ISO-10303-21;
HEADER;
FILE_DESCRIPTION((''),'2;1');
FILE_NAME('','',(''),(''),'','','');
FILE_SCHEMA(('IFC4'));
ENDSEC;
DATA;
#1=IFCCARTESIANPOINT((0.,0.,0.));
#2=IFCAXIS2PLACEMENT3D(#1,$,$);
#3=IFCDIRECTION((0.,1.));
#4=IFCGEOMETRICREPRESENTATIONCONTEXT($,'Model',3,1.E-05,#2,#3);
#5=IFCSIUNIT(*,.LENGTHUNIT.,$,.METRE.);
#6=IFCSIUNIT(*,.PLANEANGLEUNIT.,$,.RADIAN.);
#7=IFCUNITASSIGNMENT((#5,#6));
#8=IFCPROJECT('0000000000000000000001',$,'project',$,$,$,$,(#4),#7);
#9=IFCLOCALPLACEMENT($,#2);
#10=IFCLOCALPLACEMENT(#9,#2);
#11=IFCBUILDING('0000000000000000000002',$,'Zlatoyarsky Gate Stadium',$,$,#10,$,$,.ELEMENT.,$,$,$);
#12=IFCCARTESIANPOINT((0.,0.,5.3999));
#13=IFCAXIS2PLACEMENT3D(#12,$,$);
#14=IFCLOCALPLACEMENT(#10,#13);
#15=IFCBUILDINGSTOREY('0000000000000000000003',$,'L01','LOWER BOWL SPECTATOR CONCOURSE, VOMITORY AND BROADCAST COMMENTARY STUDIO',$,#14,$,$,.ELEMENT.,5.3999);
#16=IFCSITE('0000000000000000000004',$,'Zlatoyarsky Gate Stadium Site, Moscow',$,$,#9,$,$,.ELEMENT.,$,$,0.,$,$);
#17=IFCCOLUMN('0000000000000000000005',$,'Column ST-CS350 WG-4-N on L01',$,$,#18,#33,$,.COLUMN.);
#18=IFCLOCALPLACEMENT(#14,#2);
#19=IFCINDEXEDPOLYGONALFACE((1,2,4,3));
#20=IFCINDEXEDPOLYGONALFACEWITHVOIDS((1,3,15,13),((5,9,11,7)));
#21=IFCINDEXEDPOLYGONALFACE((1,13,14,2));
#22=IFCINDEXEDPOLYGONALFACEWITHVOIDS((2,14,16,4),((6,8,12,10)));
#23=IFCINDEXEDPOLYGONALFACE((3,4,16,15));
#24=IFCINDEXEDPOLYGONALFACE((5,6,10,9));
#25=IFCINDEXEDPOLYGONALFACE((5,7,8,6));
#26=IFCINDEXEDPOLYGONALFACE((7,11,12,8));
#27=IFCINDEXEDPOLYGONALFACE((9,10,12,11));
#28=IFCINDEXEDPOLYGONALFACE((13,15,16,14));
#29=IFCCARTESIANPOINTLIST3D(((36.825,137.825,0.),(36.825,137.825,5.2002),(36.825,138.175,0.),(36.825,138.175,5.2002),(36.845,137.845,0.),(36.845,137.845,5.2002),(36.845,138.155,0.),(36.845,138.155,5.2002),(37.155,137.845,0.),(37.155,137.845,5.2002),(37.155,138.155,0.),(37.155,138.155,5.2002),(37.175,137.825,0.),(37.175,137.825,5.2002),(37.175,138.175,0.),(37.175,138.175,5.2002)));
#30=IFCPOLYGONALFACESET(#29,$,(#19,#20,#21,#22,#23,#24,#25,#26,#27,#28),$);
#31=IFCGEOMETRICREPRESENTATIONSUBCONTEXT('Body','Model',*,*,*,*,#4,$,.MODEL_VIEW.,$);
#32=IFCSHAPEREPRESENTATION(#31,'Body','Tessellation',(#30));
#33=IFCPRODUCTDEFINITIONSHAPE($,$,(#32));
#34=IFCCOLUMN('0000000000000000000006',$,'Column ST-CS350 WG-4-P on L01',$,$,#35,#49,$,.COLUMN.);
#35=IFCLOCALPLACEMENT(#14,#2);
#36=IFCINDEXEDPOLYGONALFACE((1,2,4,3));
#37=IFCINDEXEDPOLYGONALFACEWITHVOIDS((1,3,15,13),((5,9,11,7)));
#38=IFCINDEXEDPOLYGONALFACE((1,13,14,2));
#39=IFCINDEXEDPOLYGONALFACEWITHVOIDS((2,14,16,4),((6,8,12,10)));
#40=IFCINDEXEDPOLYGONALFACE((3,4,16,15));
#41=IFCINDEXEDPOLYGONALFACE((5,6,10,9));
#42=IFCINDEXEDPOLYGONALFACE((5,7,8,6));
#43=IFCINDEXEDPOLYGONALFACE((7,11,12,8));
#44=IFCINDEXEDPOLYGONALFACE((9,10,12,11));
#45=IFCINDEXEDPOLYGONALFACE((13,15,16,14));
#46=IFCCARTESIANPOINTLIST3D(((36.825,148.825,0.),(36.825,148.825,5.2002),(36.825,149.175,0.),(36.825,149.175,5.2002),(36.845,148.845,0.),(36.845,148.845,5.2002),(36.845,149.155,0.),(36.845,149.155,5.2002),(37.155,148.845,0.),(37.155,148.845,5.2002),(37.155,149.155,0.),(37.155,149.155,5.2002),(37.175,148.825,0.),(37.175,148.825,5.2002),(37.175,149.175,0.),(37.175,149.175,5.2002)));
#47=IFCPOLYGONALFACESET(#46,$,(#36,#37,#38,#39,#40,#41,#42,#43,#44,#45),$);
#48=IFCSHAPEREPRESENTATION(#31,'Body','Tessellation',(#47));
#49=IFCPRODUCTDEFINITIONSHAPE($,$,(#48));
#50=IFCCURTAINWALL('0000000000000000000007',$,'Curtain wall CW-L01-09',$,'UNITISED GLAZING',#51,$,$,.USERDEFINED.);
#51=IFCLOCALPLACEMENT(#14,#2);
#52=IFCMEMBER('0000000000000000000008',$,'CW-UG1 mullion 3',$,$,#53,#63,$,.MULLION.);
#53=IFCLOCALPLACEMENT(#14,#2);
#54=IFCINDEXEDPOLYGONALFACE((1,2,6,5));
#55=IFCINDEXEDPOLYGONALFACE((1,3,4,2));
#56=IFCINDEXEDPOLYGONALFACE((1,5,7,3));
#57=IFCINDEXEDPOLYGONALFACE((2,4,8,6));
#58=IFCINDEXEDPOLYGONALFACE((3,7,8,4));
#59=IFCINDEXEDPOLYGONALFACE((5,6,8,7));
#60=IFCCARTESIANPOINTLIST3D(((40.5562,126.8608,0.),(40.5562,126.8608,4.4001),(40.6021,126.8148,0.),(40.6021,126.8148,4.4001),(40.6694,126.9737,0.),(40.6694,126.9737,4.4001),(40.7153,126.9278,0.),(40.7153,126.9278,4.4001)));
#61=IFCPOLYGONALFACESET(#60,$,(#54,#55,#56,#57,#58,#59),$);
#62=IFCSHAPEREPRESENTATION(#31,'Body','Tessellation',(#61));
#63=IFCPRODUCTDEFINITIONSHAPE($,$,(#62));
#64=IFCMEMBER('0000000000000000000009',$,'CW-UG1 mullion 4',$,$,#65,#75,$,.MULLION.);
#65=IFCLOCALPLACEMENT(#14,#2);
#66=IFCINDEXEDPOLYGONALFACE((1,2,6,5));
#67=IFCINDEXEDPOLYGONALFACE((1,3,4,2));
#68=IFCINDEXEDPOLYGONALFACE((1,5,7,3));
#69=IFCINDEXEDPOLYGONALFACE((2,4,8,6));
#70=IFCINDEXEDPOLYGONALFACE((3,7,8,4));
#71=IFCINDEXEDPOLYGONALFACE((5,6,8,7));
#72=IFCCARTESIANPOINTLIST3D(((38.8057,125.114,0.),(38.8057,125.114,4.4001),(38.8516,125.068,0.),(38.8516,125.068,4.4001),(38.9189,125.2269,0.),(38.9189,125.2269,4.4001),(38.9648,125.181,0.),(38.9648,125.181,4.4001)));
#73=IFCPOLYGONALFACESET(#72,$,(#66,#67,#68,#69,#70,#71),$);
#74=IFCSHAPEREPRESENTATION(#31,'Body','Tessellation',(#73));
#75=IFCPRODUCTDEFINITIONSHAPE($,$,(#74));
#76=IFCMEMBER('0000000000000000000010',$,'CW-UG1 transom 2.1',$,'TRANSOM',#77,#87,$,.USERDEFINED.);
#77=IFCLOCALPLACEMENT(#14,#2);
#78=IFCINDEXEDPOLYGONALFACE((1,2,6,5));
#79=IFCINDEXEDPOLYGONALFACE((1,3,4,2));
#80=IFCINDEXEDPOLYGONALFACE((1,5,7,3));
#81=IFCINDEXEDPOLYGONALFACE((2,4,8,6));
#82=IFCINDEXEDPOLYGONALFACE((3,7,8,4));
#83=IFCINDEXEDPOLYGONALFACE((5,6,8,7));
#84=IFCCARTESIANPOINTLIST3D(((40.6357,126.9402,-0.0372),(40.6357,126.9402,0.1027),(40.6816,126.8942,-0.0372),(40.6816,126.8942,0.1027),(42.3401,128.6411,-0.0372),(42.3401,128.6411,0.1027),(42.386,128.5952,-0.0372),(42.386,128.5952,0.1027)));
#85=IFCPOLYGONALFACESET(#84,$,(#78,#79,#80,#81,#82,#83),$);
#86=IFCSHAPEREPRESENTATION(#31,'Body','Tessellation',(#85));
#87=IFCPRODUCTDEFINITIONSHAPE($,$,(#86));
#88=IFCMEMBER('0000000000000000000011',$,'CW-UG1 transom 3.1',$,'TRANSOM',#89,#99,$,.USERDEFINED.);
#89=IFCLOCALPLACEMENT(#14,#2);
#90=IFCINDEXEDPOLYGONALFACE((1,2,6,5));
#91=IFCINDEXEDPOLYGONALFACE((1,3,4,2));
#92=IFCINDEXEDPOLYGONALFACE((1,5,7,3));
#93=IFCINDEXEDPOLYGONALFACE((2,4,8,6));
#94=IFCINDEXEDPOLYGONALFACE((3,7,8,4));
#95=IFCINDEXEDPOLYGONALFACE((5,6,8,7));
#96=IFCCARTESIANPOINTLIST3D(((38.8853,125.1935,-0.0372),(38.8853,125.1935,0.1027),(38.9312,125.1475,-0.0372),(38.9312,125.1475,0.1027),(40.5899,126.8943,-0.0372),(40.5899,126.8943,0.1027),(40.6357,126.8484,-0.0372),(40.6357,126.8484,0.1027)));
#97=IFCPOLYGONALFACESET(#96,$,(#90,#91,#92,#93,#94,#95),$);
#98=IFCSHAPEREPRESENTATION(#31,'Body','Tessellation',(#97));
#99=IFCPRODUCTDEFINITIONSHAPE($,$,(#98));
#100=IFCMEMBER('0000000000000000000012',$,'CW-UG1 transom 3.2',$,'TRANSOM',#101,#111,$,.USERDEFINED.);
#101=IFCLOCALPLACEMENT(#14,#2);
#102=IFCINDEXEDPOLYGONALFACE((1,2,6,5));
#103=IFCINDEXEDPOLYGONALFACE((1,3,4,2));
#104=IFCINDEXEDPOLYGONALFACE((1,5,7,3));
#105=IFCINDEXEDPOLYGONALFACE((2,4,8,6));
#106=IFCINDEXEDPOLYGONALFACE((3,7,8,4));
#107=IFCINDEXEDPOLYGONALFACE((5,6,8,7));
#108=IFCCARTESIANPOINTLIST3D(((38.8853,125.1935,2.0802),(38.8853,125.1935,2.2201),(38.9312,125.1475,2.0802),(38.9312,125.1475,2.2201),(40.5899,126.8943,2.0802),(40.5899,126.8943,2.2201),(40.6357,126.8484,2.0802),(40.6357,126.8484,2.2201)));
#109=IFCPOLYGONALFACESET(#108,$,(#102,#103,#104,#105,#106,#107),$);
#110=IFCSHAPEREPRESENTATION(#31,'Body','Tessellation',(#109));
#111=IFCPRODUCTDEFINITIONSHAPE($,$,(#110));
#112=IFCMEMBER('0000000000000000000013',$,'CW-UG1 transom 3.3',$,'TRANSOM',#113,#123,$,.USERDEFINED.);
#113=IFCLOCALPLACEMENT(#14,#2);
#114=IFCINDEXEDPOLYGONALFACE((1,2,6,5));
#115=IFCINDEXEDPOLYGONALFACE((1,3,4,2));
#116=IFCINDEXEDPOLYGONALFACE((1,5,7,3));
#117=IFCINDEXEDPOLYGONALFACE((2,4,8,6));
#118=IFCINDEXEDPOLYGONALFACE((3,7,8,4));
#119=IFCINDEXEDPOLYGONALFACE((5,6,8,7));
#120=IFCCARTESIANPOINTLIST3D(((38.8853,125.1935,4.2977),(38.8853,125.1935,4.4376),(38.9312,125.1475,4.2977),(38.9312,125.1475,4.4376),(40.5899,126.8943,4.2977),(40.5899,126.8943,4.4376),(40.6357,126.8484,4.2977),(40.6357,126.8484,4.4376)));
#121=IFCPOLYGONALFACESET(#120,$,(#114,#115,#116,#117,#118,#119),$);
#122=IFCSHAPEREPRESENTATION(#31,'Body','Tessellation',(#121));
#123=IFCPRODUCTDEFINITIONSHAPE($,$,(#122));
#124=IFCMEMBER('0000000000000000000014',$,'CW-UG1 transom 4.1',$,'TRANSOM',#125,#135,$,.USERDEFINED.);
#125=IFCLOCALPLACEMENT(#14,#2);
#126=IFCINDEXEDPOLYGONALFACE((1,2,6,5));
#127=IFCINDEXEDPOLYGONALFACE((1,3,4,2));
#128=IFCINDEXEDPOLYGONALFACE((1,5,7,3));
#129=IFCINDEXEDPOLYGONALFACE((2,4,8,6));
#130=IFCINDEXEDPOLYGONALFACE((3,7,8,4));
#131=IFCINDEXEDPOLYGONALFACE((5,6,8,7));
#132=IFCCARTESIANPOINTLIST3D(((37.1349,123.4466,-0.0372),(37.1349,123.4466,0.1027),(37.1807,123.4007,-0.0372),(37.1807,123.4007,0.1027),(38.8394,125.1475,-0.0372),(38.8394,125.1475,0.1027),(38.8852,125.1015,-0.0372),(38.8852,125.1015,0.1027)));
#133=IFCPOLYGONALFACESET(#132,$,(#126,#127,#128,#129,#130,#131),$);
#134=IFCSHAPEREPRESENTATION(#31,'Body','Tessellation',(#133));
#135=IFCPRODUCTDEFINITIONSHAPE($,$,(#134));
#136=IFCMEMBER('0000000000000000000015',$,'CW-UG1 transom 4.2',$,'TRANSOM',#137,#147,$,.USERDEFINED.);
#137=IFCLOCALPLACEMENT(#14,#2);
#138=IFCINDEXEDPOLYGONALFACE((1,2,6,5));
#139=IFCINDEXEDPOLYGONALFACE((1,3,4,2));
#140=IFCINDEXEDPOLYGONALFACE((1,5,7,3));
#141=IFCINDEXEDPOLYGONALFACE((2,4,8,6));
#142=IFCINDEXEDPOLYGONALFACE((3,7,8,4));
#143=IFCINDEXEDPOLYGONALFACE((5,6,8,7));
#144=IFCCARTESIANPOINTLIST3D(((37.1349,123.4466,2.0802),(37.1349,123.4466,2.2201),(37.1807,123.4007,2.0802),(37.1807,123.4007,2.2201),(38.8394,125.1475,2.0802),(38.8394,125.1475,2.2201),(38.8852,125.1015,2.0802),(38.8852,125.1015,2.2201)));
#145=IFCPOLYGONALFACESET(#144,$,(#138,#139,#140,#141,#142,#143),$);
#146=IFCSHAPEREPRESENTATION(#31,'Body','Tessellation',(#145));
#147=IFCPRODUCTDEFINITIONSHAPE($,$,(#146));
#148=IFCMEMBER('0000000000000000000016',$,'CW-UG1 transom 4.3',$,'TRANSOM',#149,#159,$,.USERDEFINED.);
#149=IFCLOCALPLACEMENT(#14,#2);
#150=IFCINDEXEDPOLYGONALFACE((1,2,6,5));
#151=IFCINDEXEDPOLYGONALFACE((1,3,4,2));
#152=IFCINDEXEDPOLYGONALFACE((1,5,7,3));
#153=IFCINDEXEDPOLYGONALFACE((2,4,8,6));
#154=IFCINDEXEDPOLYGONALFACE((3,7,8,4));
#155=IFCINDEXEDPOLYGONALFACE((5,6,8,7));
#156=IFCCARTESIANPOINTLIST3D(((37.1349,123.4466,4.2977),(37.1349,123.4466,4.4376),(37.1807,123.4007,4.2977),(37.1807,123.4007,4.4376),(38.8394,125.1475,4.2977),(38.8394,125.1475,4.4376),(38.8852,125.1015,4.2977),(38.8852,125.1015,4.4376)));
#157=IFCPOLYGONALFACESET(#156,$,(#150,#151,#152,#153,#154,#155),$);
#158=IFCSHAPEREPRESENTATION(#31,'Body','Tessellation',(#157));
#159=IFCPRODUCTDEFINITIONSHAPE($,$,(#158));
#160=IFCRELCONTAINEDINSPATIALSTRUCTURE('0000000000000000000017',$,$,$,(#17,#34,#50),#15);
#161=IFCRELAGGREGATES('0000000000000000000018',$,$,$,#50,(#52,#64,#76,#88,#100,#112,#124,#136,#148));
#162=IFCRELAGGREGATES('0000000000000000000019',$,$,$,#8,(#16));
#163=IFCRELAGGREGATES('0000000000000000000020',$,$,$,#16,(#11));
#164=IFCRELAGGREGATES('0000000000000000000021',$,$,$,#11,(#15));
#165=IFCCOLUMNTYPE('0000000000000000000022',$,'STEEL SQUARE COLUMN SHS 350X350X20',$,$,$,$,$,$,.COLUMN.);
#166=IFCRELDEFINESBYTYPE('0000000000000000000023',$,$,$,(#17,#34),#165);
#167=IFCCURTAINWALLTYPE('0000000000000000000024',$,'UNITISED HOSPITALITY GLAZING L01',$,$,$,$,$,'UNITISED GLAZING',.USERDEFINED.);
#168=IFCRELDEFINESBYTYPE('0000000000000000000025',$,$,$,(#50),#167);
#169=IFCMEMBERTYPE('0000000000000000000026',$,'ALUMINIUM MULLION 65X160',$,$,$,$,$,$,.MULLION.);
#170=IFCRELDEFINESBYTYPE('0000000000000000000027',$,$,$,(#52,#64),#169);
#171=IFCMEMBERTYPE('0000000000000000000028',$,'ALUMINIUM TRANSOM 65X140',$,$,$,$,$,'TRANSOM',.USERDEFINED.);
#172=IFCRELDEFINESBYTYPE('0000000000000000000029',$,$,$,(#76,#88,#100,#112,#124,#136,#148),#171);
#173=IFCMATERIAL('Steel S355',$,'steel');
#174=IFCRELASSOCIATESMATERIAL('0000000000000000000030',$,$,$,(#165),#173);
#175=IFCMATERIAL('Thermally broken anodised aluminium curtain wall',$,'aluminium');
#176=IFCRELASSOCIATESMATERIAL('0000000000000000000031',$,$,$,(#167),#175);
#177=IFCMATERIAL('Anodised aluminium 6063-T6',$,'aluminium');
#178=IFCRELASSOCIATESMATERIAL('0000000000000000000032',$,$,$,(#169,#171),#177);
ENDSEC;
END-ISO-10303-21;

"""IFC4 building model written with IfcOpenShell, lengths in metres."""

from ifc_helpers import new_model, si_unit, direction, frame, origin, origin_2d, place, context, subcontext, project, spatial, rectangle, hollow_rectangle, extrude, material, material_profile, profile_set, type_object, element, aggregate, save


model = new_model("IFC4")

# Units and contexts
model_context = context("Model", 3, precision=1e-05, world=origin(), true_north=direction((0.0, 1.0)))
body_context = subcontext(model_context, "Body", "Model", "MODEL_VIEW")
ifc_project = project(units=[si_unit("LENGTHUNIT", "METRE"), si_unit("PLANEANGLEUNIT", "RADIAN")], contexts=[model_context])

# Site, building, storey
site_placement = place(None, origin())
site = spatial("IfcSite", under=ifc_project, at=site_placement, Name="Zlatoyarsky Gate Stadium Site, Moscow", CompositionType="ELEMENT", RefElevation=0.0)
building_placement = place(site_placement, origin())
building = spatial("IfcBuilding", under=site, at=building_placement, Name="Zlatoyarsky Gate Stadium", CompositionType="ELEMENT")
storey_placement = place(building_placement, frame((0.0, 0.0, 5.3999)))
storey = spatial("IfcBuildingStorey", under=building, at=storey_placement, Name="L01", Description="LOWER BOWL SPECTATOR CONCOURSE, VOMITORY AND BROADCAST COMMENTARY STUDIO", CompositionType="ELEMENT", Elevation=5.3999)

# Columns
ifc_material_1 = material(Name="Steel S355", Category="steel")
ifc_material_profile_1 = material_profile(ifc_material_1, hollow_rectangle(XDim=0.3501, YDim=0.3501, WallThickness=0.02, at=origin_2d()), Name="SHS 350X350X20")
ifc_profile_set_1 = profile_set([ifc_material_profile_1], Name="Steel S355")
column_type = type_object("IfcColumnType", Name="STEEL SQUARE COLUMN SHS 350X350X20", PredefinedType="COLUMN", material=ifc_profile_set_1)
for number, where, z_axis, x_axis, name in (
    (1, (37.0, 138.0, 0.0), (0.0, 0.0, 1.0), (1.0, 0.0, 0.0), "Column ST-CS350 WG-4-N on L01"),
    (2, (37.0, 149.0, 0.0), (0.0, 0.0, 1.0), (1.0, 0.0, 0.0), "Column ST-CS350 WG-4-P on L01"),
):
    element("IfcColumn", number, at=place(storey_placement, frame(where, z_axis=z_axis, x_axis=x_axis)), inside=storey, type_object=column_type, Name=name, PredefinedType="COLUMN", context=body_context, shape_type="SweptSolid", body=[
        extrude(hollow_rectangle(XDim=0.3501, YDim=0.3501, WallThickness=0.02, at=origin_2d()), origin(), (0.0, 0.0, 1.0), 5.2002),
    ])

# Curtain wall, members
ifc_material_2 = material(Name="Thermally broken anodised aluminium curtain wall", Category="aluminium")
curtain_wall_type = type_object("IfcCurtainWallType", Name="UNITISED HOSPITALITY GLAZING L01", ElementType="UNITISED GLAZING", PredefinedType="USERDEFINED", material=ifc_material_2)
curtain_wall_placement = place(storey_placement, origin())
curtain_wall = element("IfcCurtainWall", 3, at=curtain_wall_placement, inside=storey, type_object=curtain_wall_type, Name="Curtain wall CW-L01-09", ObjectType="UNITISED GLAZING", PredefinedType="USERDEFINED")
ifc_material_3 = material(Name="Anodised aluminium 6063-T6", Category="aluminium")
ifc_material_profile_2 = material_profile(ifc_material_3, rectangle(XDim=0.0649, YDim=0.1599, at=origin_2d()), Name="ALU 65X160")
ifc_profile_set_2 = profile_set([ifc_material_profile_2], Name="Anodised aluminium 6063-T6")
member_type_1 = type_object("IfcMemberType", Name="ALUMINIUM MULLION 65X160", PredefinedType="MULLION", material=ifc_profile_set_2)
member_1_placement = place(storey_placement, frame((40.6357, 126.8943, 0.0), z_axis=(0.0, 0.0, 1.0), x_axis=(0.706371, -0.707842, 0.0)))
member_1 = element("IfcMember", 4, at=member_1_placement, type_object=member_type_1, Name="CW-UG1 mullion 3", PredefinedType="MULLION", context=body_context, shape_type="SweptSolid", body=[
    extrude(rectangle(XDim=0.0649, YDim=0.1599, at=origin_2d()), origin(), (0.0, 0.0, 1.0), 4.4001),
])
member_2_placement = place(storey_placement, frame((38.8853, 125.1475, 0.0), z_axis=(0.0, 0.0, 1.0), x_axis=(0.706371, -0.707842, 0.0)))
member_2 = element("IfcMember", 5, at=member_2_placement, type_object=member_type_1, Name="CW-UG1 mullion 4", PredefinedType="MULLION", context=body_context, shape_type="SweptSolid", body=[
    extrude(rectangle(XDim=0.0649, YDim=0.1599, at=origin_2d()), origin(), (0.0, 0.0, 1.0), 4.4001),
])
ifc_material_profile_3 = material_profile(ifc_material_3, rectangle(XDim=0.0649, YDim=0.1399, at=origin_2d()), Name="ALU 65X140")
ifc_profile_set_3 = profile_set([ifc_material_profile_3], Name="Anodised aluminium 6063-T6")
member_type_2 = type_object("IfcMemberType", Name="ALUMINIUM TRANSOM 65X140", ElementType="TRANSOM", PredefinedType="USERDEFINED", material=ifc_profile_set_3)
member_3_placement = place(storey_placement, frame((42.363, 128.6182, 0.0327), z_axis=(-0.707816, -0.706397, 0.0), x_axis=(0.706397, -0.707816, 0.0)))
member_3 = element("IfcMember", 6, at=member_3_placement, type_object=member_type_2, Name="CW-UG1 transom 2.1", ObjectType="TRANSOM", PredefinedType="USERDEFINED", context=body_context, shape_type="SweptSolid", body=[
    extrude(rectangle(XDim=0.0649, YDim=0.1399, at=origin_2d()), origin(), (0.0, 0.0, 1.0), 2.408),
])
member_4_placement = place(storey_placement, frame((40.6128, 126.8713, 0.0327), z_axis=(-0.707867, -0.706346, 0.0), x_axis=(0.706346, -0.707867, 0.0)))
member_4 = element("IfcMember", 7, at=member_4_placement, type_object=member_type_2, Name="CW-UG1 transom 3.1", ObjectType="TRANSOM", PredefinedType="USERDEFINED", context=body_context, shape_type="SweptSolid", body=[
    extrude(rectangle(XDim=0.0649, YDim=0.1399, at=origin_2d()), origin(), (0.0, 0.0, 1.0), 2.408),
])
member_5_placement = place(storey_placement, frame((40.6128, 126.8713, 2.1501), z_axis=(-0.707867, -0.706346, 0.0), x_axis=(0.706346, -0.707867, 0.0)))
member_5 = element("IfcMember", 8, at=member_5_placement, type_object=member_type_2, Name="CW-UG1 transom 3.2", ObjectType="TRANSOM", PredefinedType="USERDEFINED", context=body_context, shape_type="SweptSolid", body=[
    extrude(rectangle(XDim=0.0649, YDim=0.1399, at=origin_2d()), origin(), (0.0, 0.0, 1.0), 2.408),
])
member_6_placement = place(storey_placement, frame((40.6128, 126.8713, 4.3677), z_axis=(-0.707867, -0.706346, 0.0), x_axis=(0.706346, -0.707867, 0.0)))
member_6 = element("IfcMember", 9, at=member_6_placement, type_object=member_type_2, Name="CW-UG1 transom 3.3", ObjectType="TRANSOM", PredefinedType="USERDEFINED", context=body_context, shape_type="SweptSolid", body=[
    extrude(rectangle(XDim=0.0649, YDim=0.1399, at=origin_2d()), origin(), (0.0, 0.0, 1.0), 2.408),
])
member_7_placement = place(storey_placement, frame((38.8623, 125.1245, 0.0327), z_axis=(-0.707867, -0.706346, 0.0), x_axis=(0.706346, -0.707867, 0.0)))
member_7 = element("IfcMember", 10, at=member_7_placement, type_object=member_type_2, Name="CW-UG1 transom 4.1", ObjectType="TRANSOM", PredefinedType="USERDEFINED", context=body_context, shape_type="SweptSolid", body=[
    extrude(rectangle(XDim=0.0649, YDim=0.1399, at=origin_2d()), origin(), (0.0, 0.0, 1.0), 2.408),
])
member_8_placement = place(storey_placement, frame((38.8623, 125.1245, 2.1501), z_axis=(-0.707867, -0.706346, 0.0), x_axis=(0.706346, -0.707867, 0.0)))
member_8 = element("IfcMember", 11, at=member_8_placement, type_object=member_type_2, Name="CW-UG1 transom 4.2", ObjectType="TRANSOM", PredefinedType="USERDEFINED", context=body_context, shape_type="SweptSolid", body=[
    extrude(rectangle(XDim=0.0649, YDim=0.1399, at=origin_2d()), origin(), (0.0, 0.0, 1.0), 2.408),
])
member_9_placement = place(storey_placement, frame((38.8623, 125.1245, 4.3677), z_axis=(-0.707867, -0.706346, 0.0), x_axis=(0.706346, -0.707867, 0.0)))
member_9 = element("IfcMember", 12, at=member_9_placement, type_object=member_type_2, Name="CW-UG1 transom 4.3", ObjectType="TRANSOM", PredefinedType="USERDEFINED", context=body_context, shape_type="SweptSolid", body=[
    extrude(rectangle(XDim=0.0649, YDim=0.1399, at=origin_2d()), origin(), (0.0, 0.0, 1.0), 2.408),
])

aggregate(curtain_wall, [member_1, member_2, member_3, member_4, member_5, member_6, member_7, member_8, member_9])

save(model, "model.ifc")
